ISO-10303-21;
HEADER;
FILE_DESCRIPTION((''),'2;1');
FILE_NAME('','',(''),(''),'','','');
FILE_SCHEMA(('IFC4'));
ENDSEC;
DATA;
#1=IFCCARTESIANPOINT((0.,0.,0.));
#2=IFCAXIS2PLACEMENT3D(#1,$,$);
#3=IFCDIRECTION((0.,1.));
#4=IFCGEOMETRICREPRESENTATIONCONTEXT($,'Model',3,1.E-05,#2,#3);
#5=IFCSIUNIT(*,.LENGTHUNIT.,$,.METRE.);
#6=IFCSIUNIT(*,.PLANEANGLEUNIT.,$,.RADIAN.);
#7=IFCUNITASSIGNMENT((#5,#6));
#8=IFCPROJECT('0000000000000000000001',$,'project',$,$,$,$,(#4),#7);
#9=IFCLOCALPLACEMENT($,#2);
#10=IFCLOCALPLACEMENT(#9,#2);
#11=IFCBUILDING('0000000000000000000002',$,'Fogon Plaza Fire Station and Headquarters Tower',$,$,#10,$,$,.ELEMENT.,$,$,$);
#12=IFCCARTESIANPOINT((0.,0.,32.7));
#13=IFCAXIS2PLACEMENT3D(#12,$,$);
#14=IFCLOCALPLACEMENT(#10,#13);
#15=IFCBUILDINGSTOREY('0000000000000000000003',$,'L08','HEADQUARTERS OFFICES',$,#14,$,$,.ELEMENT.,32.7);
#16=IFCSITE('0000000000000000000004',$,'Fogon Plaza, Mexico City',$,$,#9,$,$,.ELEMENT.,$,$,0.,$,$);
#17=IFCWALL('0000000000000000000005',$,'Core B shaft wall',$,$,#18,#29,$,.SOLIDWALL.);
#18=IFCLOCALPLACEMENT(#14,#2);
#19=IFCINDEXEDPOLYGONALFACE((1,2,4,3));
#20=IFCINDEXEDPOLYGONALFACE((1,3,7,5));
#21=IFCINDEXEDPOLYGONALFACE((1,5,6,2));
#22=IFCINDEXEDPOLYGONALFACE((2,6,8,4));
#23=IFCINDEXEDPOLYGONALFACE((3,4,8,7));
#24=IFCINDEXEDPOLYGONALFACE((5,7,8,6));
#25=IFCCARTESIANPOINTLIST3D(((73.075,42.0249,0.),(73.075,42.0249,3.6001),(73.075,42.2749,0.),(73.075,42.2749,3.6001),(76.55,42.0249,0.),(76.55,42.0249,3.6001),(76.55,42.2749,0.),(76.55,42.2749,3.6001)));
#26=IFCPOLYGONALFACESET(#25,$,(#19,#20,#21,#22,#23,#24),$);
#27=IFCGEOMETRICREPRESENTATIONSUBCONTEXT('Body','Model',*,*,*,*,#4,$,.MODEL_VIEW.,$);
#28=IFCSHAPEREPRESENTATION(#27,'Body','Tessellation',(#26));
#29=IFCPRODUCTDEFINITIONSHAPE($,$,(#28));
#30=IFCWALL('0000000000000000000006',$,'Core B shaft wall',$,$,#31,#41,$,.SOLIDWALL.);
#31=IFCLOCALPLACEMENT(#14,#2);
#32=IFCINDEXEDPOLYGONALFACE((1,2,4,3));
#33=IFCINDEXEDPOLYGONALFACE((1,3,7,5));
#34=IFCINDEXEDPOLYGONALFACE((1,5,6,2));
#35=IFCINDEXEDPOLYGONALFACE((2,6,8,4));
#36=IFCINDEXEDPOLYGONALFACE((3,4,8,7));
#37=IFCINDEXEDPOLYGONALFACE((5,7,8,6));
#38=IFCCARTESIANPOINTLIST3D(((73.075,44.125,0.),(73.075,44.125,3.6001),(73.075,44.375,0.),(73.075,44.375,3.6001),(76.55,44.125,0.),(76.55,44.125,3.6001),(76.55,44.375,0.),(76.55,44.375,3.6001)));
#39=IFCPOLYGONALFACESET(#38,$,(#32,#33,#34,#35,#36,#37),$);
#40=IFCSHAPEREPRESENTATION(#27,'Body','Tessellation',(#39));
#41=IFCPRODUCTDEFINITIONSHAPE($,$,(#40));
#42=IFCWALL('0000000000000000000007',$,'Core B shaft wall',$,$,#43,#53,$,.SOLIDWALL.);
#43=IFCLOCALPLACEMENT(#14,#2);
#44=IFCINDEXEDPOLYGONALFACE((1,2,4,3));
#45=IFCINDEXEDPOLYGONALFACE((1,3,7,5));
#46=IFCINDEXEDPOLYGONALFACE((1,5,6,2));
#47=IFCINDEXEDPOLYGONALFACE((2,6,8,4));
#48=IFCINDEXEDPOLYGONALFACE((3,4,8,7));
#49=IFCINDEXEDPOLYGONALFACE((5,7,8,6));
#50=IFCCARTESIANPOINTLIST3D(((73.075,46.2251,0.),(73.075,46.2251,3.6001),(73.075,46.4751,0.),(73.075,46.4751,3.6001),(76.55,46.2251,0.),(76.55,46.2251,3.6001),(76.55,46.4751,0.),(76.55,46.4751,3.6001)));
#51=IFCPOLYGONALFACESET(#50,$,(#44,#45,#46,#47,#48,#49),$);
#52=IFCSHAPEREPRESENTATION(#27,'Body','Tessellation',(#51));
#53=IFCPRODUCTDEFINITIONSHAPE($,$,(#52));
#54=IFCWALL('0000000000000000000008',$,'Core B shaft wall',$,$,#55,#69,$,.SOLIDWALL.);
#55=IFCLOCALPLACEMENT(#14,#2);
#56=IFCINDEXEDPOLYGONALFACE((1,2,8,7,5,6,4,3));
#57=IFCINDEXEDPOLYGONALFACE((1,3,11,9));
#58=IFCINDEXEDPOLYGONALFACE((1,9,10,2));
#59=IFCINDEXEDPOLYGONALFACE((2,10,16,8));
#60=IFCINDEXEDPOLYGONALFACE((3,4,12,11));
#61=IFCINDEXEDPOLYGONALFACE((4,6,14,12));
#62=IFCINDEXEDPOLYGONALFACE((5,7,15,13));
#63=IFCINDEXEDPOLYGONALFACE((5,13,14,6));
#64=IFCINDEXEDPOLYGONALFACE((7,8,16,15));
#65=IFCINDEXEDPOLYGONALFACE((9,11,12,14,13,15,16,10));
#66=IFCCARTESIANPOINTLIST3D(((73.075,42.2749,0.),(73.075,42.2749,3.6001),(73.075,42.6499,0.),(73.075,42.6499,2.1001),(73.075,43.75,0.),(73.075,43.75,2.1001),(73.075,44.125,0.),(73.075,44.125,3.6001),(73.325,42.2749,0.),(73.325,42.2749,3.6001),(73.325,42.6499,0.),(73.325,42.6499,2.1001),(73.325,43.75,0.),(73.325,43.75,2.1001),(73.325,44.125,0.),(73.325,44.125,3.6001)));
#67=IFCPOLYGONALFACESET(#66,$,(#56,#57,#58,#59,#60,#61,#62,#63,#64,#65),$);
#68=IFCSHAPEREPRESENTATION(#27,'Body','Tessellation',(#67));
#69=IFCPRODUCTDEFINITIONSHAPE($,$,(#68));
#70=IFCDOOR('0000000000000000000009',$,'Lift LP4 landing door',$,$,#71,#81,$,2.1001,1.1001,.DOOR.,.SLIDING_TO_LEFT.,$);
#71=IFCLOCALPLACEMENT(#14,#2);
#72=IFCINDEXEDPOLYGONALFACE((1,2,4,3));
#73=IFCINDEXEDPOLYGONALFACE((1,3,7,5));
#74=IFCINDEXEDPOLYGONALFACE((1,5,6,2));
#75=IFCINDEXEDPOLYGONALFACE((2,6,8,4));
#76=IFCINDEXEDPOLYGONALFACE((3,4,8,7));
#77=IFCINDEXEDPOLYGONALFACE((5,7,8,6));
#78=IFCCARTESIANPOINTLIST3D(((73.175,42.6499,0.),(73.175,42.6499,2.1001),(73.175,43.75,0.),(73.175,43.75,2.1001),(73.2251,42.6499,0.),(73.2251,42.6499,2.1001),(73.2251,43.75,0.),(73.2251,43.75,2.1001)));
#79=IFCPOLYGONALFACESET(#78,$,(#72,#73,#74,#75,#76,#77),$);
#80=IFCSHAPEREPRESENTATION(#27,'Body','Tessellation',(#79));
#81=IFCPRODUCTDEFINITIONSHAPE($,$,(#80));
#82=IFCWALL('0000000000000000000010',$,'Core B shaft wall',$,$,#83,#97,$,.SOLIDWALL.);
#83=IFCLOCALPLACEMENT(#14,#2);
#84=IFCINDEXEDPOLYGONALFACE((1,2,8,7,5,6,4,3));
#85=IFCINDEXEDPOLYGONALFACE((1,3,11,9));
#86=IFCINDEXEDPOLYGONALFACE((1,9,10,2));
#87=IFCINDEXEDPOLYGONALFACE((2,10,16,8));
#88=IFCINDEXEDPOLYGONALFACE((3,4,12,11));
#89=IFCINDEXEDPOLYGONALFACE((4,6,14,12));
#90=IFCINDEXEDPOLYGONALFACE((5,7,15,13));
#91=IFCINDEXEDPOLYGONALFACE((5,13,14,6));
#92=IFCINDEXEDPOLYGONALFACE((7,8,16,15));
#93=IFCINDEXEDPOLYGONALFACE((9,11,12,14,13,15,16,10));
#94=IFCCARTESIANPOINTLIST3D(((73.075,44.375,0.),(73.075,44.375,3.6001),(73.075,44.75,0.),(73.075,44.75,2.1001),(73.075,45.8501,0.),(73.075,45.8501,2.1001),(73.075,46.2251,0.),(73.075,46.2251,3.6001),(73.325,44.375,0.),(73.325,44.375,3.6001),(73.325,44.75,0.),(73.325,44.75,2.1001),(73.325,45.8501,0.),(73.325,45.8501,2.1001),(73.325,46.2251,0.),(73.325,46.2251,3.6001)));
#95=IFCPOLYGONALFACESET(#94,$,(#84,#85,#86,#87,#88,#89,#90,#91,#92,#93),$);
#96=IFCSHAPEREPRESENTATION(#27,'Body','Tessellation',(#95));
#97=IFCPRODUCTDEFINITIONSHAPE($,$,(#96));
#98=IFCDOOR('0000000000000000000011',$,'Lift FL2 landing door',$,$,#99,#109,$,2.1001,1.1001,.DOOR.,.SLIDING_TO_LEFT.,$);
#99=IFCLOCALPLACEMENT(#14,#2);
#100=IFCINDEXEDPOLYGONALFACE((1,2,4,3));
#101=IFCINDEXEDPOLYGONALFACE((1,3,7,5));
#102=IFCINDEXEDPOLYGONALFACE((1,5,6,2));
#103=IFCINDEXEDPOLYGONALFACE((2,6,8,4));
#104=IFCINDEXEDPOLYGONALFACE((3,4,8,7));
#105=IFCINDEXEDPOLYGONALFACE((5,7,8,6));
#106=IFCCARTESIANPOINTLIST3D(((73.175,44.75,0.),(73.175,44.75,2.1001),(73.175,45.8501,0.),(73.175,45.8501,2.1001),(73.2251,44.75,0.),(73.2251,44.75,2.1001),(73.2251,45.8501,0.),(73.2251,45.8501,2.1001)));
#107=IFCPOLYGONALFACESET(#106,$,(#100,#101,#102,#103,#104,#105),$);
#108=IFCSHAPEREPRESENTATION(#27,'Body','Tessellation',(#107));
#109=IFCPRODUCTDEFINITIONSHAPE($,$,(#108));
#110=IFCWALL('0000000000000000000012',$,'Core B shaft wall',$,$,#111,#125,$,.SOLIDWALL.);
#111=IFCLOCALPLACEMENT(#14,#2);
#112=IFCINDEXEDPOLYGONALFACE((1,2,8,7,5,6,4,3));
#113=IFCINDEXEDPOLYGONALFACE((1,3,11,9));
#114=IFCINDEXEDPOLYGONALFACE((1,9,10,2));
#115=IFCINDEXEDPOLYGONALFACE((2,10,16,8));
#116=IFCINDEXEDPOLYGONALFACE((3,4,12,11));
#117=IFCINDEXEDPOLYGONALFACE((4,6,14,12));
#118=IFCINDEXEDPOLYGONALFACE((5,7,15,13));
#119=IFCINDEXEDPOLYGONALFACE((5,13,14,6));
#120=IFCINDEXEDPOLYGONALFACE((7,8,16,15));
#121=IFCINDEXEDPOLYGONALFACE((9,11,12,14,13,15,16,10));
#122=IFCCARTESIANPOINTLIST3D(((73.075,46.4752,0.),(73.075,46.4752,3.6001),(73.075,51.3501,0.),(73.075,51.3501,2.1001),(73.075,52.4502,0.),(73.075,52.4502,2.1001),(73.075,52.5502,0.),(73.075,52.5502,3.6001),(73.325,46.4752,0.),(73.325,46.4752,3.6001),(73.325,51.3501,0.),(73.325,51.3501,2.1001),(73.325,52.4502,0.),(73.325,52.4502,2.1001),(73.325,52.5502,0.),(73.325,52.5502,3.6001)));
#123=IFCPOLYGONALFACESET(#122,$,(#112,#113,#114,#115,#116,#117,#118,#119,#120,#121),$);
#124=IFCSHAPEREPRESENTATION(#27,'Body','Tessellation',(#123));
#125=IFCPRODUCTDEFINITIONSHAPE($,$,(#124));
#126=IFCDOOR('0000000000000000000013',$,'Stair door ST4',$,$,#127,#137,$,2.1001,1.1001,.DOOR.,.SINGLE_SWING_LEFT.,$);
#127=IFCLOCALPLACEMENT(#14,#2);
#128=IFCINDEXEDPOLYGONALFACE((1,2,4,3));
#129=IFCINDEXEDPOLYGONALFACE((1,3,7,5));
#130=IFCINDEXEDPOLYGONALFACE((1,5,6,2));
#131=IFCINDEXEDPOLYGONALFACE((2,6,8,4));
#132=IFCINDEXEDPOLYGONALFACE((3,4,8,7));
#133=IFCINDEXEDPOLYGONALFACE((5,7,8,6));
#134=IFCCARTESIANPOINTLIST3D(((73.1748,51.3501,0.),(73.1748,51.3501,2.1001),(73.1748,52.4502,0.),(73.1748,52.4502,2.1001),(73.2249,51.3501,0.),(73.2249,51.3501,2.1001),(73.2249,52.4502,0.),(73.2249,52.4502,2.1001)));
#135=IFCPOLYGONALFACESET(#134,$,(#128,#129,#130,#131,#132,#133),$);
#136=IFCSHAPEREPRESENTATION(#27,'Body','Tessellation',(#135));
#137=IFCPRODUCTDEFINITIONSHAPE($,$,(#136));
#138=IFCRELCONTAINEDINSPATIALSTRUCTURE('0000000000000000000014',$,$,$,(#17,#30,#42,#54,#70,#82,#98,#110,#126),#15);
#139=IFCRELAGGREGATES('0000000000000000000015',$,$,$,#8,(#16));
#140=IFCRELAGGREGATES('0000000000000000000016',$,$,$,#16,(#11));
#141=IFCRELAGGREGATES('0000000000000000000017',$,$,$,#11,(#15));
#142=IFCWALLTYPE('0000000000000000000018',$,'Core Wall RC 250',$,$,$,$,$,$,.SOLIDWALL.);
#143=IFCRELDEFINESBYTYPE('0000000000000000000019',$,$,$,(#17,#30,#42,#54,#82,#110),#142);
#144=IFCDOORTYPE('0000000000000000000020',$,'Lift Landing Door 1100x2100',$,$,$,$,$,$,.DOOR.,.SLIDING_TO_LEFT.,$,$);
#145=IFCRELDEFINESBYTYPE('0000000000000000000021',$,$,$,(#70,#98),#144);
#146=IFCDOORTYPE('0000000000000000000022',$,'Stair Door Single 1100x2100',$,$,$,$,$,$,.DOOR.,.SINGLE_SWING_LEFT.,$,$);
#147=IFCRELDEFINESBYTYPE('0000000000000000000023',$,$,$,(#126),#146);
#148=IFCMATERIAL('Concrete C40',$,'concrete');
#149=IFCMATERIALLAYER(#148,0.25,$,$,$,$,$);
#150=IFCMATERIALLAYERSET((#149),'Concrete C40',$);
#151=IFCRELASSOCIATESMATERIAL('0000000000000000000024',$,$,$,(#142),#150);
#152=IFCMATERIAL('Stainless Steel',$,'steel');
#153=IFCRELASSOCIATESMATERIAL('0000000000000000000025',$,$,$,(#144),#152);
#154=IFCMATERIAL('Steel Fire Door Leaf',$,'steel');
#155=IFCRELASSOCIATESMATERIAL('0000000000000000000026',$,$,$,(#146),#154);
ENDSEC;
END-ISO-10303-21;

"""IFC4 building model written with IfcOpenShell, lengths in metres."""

from ifc_helpers import new_model, si_unit, direction, frame, frame_2d, origin, place, context, subcontext, project, spatial, rectangle, extrude, material, layer, layer_set, type_object, element, fill, save


model = new_model("IFC4")

# Units and contexts
model_context = context("Model", 3, precision=1e-05, world=origin(), true_north=direction((0.0, 1.0)))
body_context = subcontext(model_context, "Body", "Model", "MODEL_VIEW")
ifc_project = project(units=[si_unit("LENGTHUNIT", "METRE"), si_unit("PLANEANGLEUNIT", "RADIAN")], contexts=[model_context])

# Site, building, storey
site_placement = place(None, origin())
site = spatial("IfcSite", under=ifc_project, at=site_placement, Name="Fogon Plaza, Mexico City", CompositionType="ELEMENT", RefElevation=0.0)
building_placement = place(site_placement, origin())
building = spatial("IfcBuilding", under=site, at=building_placement, Name="Fogon Plaza Fire Station and Headquarters Tower", CompositionType="ELEMENT")
storey_placement = place(building_placement, frame((0.0, 0.0, 32.7)))
storey = spatial("IfcBuildingStorey", under=building, at=storey_placement, Name="L08", Description="HEADQUARTERS OFFICES", CompositionType="ELEMENT", Elevation=32.7)

# Walls
ifc_material_1 = material(Name="Concrete C40", Category="concrete")
ifc_layer_1 = layer(ifc_material_1, 0.25)
ifc_layer_set_1 = layer_set([ifc_layer_1], Name="Concrete C40")
wall_type_1 = type_object("IfcWallType", Name="Core Wall RC 250", PredefinedType="SOLIDWALL", material=ifc_layer_set_1)
for number, where, z_axis, x_axis, name in (
    (1, (76.55, 42.1499, 0.0), (0.0, 0.0, 1.0), (-1.0, 0.0, 0.0), "Core B shaft wall"),
    (2, (76.55, 44.25, 0.0), (0.0, 0.0, 1.0), (-1.0, 0.0, 0.0), "Core B shaft wall"),
    (3, (76.55, 46.3501, 0.0), (0.0, 0.0, 1.0), (-1.0, 0.0, 0.0), "Core B shaft wall"),
):
    element("IfcWall", number, at=place(storey_placement, frame(where, z_axis=z_axis, x_axis=x_axis)), inside=storey, type_object=wall_type_1, Name=name, PredefinedType="SOLIDWALL", context=body_context, shape_type="SweptSolid", body=[
        extrude(rectangle(XDim=3.4751, YDim=0.25, at=frame_2d((1.7375, 0.0))), origin(), (0.0, 0.0, 1.0), 3.6001),
    ])

# Walls, openings, doors
wall_1_placement = place(storey_placement, frame((73.2, 42.2749, 0.0), z_axis=(0.0, 0.0, 1.0), x_axis=(0.0, 1.0, 0.0)))
wall_1 = element("IfcWall", 4, at=wall_1_placement, inside=storey, type_object=wall_type_1, Name="Core B shaft wall", PredefinedType="SOLIDWALL", context=body_context, shape_type="SweptSolid", body=[
    extrude(rectangle(XDim=1.8501, YDim=0.25, at=frame_2d((0.925, 0.0))), origin(), (0.0, 0.0, 1.0), 3.6001),
])
opening_1_placement = place(wall_1_placement, frame((0.375, 0.0, 0.0)))
opening_1 = element("IfcOpeningElement", 5, at=opening_1_placement, cuts=wall_1, PredefinedType="OPENING", context=body_context, shape_type="SweptSolid", body=[
    extrude(rectangle(XDim=1.1001, YDim=2.1001, at=frame_2d((0.55, 1.05))), frame((0.0, 0.135, 0.0), z_axis=(0.0, -1.0, 0.0), x_axis=(1.0, 0.0, 0.0)), (0.0, 0.0, 1.0), 0.27),
])
ifc_material_2 = material(Name="Stainless Steel", Category="steel")
door_type_1 = type_object("IfcDoorType", Name="Lift Landing Door 1100x2100", OperationType="SLIDING_TO_LEFT", PredefinedType="DOOR", material=ifc_material_2)
door_1_placement = place(opening_1_placement, origin())
door_1 = element("IfcDoor", 6, at=door_1_placement, inside=storey, type_object=door_type_1, Name="Lift LP4 landing door", OperationType="SLIDING_TO_LEFT", OverallHeight=2.1001, OverallWidth=1.1001, PredefinedType="DOOR", context=body_context, shape_type="SweptSolid", body=[
    extrude(rectangle(XDim=1.1001, YDim=2.1001, at=frame_2d((0.55, 1.05))), frame((0.0, 0.0249, 0.0), z_axis=(0.0, -1.0, 0.0), x_axis=(1.0, 0.0, 0.0)), (0.0, 0.0, 1.0), 0.05),
])
fill(opening_1, door_1)
wall_2_placement = place(storey_placement, frame((73.2, 44.375, 0.0), z_axis=(0.0, 0.0, 1.0), x_axis=(0.0, 1.0, 0.0)))
wall_2 = element("IfcWall", 7, at=wall_2_placement, inside=storey, type_object=wall_type_1, Name="Core B shaft wall", PredefinedType="SOLIDWALL", context=body_context, shape_type="SweptSolid", body=[
    extrude(rectangle(XDim=1.8501, YDim=0.25, at=frame_2d((0.925, 0.0))), origin(), (0.0, 0.0, 1.0), 3.6001),
])
opening_2_placement = place(wall_2_placement, frame((0.375, 0.0, 0.0)))
opening_2 = element("IfcOpeningElement", 8, at=opening_2_placement, cuts=wall_2, PredefinedType="OPENING", context=body_context, shape_type="SweptSolid", body=[
    extrude(rectangle(XDim=1.1001, YDim=2.1001, at=frame_2d((0.55, 1.05))), frame((0.0, 0.135, 0.0), z_axis=(0.0, -1.0, 0.0), x_axis=(1.0, 0.0, 0.0)), (0.0, 0.0, 1.0), 0.27),
])
door_2_placement = place(opening_2_placement, origin())
door_2 = element("IfcDoor", 9, at=door_2_placement, inside=storey, type_object=door_type_1, Name="Lift FL2 landing door", OperationType="SLIDING_TO_LEFT", OverallHeight=2.1001, OverallWidth=1.1001, PredefinedType="DOOR", context=body_context, shape_type="SweptSolid", body=[
    extrude(rectangle(XDim=1.1001, YDim=2.1001, at=frame_2d((0.55, 1.05))), frame((0.0, 0.0249, 0.0), z_axis=(0.0, -1.0, 0.0), x_axis=(1.0, 0.0, 0.0)), (0.0, 0.0, 1.0), 0.05),
])
fill(opening_2, door_2)
wall_3_placement = place(storey_placement, frame((73.2, 46.4751, 0.0), z_axis=(0.0, 0.0, 1.0), x_axis=(0.0, 1.0, 0.0)))
wall_3 = element("IfcWall", 10, at=wall_3_placement, inside=storey, type_object=wall_type_1, Name="Core B shaft wall", PredefinedType="SOLIDWALL", context=body_context, shape_type="SweptSolid", body=[
    extrude(rectangle(XDim=6.075, YDim=0.25, at=frame_2d((3.0376, 0.0))), origin(), (0.0, 0.0, 1.0), 3.6001),
])
opening_3_placement = place(wall_3_placement, frame((4.875, 0.0, 0.0)))
opening_3 = element("IfcOpeningElement", 11, at=opening_3_placement, cuts=wall_3, PredefinedType="OPENING", context=body_context, shape_type="SweptSolid", body=[
    extrude(rectangle(XDim=1.1001, YDim=2.1001, at=frame_2d((0.55, 1.05))), frame((0.0, 0.135, 0.0), z_axis=(0.0, -1.0, 0.0), x_axis=(1.0, 0.0, 0.0)), (0.0, 0.0, 1.0), 0.27),
])
ifc_material_3 = material(Name="Steel Fire Door Leaf", Category="steel")
door_type_2 = type_object("IfcDoorType", Name="Stair Door Single 1100x2100", OperationType="SINGLE_SWING_LEFT", PredefinedType="DOOR", material=ifc_material_3)
door_3_placement = place(opening_3_placement, frame((1.1001, 0.0, 0.0), z_axis=(0.0, 0.0, 1.0), x_axis=(-1.0, 0.0, 0.0)))
door_3 = element("IfcDoor", 12, at=door_3_placement, inside=storey, type_object=door_type_2, Name="Stair door ST4", OperationType="SINGLE_SWING_LEFT", OverallHeight=2.1001, OverallWidth=1.1001, PredefinedType="DOOR", context=body_context, shape_type="SweptSolid", body=[
    extrude(rectangle(XDim=1.1001, YDim=2.1001, at=frame_2d((0.55, 1.05))), frame((0.0, 0.0249, 0.0), z_axis=(0.0, -1.0, 0.0), x_axis=(1.0, 0.0, 0.0)), (0.0, 0.0, 1.0), 0.05),
])
fill(opening_3, door_3)

save(model, "model.ifc")
